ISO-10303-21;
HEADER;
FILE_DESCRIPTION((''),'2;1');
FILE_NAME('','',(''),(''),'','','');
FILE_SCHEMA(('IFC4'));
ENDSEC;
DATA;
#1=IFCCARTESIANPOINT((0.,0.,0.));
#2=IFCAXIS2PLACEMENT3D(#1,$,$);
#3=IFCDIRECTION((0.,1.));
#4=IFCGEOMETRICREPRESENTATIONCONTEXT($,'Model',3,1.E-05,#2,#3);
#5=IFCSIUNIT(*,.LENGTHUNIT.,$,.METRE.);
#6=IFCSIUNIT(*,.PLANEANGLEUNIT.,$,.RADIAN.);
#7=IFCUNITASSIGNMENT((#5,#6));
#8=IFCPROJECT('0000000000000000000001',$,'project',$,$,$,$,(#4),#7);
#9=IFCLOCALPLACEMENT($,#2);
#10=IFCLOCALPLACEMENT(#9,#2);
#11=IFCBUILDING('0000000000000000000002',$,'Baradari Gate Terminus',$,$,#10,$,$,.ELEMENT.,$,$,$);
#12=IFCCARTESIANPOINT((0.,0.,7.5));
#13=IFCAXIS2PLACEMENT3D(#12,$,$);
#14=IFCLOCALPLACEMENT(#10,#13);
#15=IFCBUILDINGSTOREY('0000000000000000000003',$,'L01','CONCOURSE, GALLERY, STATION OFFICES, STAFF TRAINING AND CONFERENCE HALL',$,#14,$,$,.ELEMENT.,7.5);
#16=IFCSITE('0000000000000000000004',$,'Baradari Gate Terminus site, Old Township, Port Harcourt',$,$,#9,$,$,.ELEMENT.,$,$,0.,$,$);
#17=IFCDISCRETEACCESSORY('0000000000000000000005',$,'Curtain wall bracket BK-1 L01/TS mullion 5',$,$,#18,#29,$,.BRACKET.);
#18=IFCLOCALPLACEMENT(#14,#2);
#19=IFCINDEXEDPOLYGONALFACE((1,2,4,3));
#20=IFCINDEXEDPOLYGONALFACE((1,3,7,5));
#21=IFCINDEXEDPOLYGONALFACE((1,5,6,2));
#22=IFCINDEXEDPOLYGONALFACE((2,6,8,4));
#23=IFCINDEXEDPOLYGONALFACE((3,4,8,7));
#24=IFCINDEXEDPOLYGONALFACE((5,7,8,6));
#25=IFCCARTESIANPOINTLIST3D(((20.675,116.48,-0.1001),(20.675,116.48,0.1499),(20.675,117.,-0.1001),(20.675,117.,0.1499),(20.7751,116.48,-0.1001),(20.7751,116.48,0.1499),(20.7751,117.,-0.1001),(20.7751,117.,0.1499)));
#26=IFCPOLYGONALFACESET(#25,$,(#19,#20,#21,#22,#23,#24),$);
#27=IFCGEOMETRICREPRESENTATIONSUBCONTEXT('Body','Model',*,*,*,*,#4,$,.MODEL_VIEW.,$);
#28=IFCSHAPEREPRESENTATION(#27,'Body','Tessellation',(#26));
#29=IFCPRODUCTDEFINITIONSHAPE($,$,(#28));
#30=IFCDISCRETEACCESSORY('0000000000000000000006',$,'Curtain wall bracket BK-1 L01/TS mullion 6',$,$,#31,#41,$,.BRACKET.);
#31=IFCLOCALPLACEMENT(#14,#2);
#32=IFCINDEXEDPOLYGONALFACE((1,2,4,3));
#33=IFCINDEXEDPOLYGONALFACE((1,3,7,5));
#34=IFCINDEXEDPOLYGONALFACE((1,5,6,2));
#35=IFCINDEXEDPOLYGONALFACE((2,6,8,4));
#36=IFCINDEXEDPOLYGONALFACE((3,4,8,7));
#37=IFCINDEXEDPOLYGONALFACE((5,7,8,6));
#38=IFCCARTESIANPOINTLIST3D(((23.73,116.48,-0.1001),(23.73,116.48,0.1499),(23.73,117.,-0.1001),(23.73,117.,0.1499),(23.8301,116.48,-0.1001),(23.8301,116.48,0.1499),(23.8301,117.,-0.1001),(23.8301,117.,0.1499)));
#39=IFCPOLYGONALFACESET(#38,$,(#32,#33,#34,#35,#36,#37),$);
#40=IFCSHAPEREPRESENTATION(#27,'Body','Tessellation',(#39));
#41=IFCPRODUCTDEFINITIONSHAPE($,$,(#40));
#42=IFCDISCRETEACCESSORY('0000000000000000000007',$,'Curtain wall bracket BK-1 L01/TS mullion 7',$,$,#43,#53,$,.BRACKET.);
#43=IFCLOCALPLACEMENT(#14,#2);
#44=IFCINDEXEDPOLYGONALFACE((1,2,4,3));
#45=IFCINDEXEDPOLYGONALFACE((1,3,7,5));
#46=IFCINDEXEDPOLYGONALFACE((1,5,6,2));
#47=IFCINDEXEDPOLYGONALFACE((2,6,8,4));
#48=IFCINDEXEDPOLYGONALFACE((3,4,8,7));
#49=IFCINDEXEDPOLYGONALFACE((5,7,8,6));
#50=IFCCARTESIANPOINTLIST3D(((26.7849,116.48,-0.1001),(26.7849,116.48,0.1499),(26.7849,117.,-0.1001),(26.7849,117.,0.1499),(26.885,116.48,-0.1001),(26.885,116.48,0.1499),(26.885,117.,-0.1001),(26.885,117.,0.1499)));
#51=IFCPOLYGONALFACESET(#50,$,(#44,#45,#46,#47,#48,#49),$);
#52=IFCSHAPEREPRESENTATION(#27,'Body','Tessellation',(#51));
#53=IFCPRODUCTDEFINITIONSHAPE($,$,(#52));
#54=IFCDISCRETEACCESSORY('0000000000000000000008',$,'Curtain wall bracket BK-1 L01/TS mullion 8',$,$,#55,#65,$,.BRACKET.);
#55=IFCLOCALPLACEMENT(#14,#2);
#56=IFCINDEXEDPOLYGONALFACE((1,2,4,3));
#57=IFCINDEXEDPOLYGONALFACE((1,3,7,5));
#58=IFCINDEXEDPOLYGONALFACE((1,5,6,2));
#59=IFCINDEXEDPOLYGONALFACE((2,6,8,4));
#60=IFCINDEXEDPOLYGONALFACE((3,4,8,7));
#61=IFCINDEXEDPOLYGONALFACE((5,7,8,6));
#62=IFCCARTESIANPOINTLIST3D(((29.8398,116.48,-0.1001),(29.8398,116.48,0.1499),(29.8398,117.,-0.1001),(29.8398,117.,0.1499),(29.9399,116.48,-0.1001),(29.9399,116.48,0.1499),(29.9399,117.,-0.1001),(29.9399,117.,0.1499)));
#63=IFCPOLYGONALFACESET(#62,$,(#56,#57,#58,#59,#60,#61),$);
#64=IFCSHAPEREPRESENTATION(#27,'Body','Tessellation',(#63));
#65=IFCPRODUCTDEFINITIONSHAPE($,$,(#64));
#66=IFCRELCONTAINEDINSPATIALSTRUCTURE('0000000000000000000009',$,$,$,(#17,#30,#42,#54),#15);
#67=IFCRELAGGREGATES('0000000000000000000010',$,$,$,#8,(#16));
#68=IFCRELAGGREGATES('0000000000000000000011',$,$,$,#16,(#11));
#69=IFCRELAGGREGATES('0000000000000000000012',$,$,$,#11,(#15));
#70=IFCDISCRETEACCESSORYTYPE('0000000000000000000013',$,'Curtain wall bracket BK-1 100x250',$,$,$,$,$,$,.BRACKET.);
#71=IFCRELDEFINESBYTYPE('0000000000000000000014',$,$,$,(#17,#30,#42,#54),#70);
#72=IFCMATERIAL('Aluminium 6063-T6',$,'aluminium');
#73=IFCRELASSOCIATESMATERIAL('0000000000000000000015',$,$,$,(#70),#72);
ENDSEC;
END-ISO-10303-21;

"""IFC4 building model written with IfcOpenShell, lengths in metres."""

from ifc_helpers import new_model, si_unit, direction, frame, origin, origin_2d, place, context, subcontext, project, spatial, rectangle, extrude, material, type_object, element, save


model = new_model("IFC4")

# Units and contexts
model_context = context("Model", 3, precision=1e-05, world=origin(), true_north=direction((0.0, 1.0)))
body_context = subcontext(model_context, "Body", "Model", "MODEL_VIEW")
ifc_project = project(units=[si_unit("LENGTHUNIT", "METRE"), si_unit("PLANEANGLEUNIT", "RADIAN")], contexts=[model_context])

# Site, building, storey
site_placement = place(None, origin())
site = spatial("IfcSite", under=ifc_project, at=site_placement, Name="Baradari Gate Terminus site, Old Township, Port Harcourt", CompositionType="ELEMENT", RefElevation=0.0)
building_placement = place(site_placement, origin())
building = spatial("IfcBuilding", under=site, at=building_placement, Name="Baradari Gate Terminus", CompositionType="ELEMENT")
storey_placement = place(building_placement, frame((0.0, 0.0, 7.5)))
storey = spatial("IfcBuildingStorey", under=building, at=storey_placement, Name="L01", Description="CONCOURSE, GALLERY, STATION OFFICES, STAFF TRAINING AND CONFERENCE HALL", CompositionType="ELEMENT", Elevation=7.5)

# Discrete accessories
ifc_material_1 = material(Name="Aluminium 6063-T6", Category="aluminium")
discrete_accessory_type = type_object("IfcDiscreteAccessoryType", Name="Curtain wall bracket BK-1 100x250", PredefinedType="BRACKET", material=ifc_material_1)
for number, where, z_axis, x_axis, name in (
    (1, (20.7251, 116.74, -0.1001), (0.0, 0.0, 1.0), (0.0, -1.0, 0.0), "Curtain wall bracket BK-1 L01/TS mullion 5"),
    (2, (23.78, 116.74, -0.1001), (0.0, 0.0, 1.0), (0.0, -1.0, 0.0), "Curtain wall bracket BK-1 L01/TS mullion 6"),
    (3, (26.835, 116.74, -0.1001), (0.0, 0.0, 1.0), (0.0, -1.0, 0.0), "Curtain wall bracket BK-1 L01/TS mullion 7"),
    (4, (29.8899, 116.74, -0.1001), (0.0, 0.0, 1.0), (0.0, -1.0, 0.0), "Curtain wall bracket BK-1 L01/TS mullion 8"),
):
    element("IfcDiscreteAccessory", number, at=place(storey_placement, frame(where, z_axis=z_axis, x_axis=x_axis)), inside=storey, type_object=discrete_accessory_type, Name=name, PredefinedType="BRACKET", context=body_context, shape_type="SweptSolid", body=[
        extrude(rectangle(XDim=0.52, YDim=0.1001, at=origin_2d()), origin(), (0.0, 0.0, 1.0), 0.25),
    ])

save(model, "model.ifc")
